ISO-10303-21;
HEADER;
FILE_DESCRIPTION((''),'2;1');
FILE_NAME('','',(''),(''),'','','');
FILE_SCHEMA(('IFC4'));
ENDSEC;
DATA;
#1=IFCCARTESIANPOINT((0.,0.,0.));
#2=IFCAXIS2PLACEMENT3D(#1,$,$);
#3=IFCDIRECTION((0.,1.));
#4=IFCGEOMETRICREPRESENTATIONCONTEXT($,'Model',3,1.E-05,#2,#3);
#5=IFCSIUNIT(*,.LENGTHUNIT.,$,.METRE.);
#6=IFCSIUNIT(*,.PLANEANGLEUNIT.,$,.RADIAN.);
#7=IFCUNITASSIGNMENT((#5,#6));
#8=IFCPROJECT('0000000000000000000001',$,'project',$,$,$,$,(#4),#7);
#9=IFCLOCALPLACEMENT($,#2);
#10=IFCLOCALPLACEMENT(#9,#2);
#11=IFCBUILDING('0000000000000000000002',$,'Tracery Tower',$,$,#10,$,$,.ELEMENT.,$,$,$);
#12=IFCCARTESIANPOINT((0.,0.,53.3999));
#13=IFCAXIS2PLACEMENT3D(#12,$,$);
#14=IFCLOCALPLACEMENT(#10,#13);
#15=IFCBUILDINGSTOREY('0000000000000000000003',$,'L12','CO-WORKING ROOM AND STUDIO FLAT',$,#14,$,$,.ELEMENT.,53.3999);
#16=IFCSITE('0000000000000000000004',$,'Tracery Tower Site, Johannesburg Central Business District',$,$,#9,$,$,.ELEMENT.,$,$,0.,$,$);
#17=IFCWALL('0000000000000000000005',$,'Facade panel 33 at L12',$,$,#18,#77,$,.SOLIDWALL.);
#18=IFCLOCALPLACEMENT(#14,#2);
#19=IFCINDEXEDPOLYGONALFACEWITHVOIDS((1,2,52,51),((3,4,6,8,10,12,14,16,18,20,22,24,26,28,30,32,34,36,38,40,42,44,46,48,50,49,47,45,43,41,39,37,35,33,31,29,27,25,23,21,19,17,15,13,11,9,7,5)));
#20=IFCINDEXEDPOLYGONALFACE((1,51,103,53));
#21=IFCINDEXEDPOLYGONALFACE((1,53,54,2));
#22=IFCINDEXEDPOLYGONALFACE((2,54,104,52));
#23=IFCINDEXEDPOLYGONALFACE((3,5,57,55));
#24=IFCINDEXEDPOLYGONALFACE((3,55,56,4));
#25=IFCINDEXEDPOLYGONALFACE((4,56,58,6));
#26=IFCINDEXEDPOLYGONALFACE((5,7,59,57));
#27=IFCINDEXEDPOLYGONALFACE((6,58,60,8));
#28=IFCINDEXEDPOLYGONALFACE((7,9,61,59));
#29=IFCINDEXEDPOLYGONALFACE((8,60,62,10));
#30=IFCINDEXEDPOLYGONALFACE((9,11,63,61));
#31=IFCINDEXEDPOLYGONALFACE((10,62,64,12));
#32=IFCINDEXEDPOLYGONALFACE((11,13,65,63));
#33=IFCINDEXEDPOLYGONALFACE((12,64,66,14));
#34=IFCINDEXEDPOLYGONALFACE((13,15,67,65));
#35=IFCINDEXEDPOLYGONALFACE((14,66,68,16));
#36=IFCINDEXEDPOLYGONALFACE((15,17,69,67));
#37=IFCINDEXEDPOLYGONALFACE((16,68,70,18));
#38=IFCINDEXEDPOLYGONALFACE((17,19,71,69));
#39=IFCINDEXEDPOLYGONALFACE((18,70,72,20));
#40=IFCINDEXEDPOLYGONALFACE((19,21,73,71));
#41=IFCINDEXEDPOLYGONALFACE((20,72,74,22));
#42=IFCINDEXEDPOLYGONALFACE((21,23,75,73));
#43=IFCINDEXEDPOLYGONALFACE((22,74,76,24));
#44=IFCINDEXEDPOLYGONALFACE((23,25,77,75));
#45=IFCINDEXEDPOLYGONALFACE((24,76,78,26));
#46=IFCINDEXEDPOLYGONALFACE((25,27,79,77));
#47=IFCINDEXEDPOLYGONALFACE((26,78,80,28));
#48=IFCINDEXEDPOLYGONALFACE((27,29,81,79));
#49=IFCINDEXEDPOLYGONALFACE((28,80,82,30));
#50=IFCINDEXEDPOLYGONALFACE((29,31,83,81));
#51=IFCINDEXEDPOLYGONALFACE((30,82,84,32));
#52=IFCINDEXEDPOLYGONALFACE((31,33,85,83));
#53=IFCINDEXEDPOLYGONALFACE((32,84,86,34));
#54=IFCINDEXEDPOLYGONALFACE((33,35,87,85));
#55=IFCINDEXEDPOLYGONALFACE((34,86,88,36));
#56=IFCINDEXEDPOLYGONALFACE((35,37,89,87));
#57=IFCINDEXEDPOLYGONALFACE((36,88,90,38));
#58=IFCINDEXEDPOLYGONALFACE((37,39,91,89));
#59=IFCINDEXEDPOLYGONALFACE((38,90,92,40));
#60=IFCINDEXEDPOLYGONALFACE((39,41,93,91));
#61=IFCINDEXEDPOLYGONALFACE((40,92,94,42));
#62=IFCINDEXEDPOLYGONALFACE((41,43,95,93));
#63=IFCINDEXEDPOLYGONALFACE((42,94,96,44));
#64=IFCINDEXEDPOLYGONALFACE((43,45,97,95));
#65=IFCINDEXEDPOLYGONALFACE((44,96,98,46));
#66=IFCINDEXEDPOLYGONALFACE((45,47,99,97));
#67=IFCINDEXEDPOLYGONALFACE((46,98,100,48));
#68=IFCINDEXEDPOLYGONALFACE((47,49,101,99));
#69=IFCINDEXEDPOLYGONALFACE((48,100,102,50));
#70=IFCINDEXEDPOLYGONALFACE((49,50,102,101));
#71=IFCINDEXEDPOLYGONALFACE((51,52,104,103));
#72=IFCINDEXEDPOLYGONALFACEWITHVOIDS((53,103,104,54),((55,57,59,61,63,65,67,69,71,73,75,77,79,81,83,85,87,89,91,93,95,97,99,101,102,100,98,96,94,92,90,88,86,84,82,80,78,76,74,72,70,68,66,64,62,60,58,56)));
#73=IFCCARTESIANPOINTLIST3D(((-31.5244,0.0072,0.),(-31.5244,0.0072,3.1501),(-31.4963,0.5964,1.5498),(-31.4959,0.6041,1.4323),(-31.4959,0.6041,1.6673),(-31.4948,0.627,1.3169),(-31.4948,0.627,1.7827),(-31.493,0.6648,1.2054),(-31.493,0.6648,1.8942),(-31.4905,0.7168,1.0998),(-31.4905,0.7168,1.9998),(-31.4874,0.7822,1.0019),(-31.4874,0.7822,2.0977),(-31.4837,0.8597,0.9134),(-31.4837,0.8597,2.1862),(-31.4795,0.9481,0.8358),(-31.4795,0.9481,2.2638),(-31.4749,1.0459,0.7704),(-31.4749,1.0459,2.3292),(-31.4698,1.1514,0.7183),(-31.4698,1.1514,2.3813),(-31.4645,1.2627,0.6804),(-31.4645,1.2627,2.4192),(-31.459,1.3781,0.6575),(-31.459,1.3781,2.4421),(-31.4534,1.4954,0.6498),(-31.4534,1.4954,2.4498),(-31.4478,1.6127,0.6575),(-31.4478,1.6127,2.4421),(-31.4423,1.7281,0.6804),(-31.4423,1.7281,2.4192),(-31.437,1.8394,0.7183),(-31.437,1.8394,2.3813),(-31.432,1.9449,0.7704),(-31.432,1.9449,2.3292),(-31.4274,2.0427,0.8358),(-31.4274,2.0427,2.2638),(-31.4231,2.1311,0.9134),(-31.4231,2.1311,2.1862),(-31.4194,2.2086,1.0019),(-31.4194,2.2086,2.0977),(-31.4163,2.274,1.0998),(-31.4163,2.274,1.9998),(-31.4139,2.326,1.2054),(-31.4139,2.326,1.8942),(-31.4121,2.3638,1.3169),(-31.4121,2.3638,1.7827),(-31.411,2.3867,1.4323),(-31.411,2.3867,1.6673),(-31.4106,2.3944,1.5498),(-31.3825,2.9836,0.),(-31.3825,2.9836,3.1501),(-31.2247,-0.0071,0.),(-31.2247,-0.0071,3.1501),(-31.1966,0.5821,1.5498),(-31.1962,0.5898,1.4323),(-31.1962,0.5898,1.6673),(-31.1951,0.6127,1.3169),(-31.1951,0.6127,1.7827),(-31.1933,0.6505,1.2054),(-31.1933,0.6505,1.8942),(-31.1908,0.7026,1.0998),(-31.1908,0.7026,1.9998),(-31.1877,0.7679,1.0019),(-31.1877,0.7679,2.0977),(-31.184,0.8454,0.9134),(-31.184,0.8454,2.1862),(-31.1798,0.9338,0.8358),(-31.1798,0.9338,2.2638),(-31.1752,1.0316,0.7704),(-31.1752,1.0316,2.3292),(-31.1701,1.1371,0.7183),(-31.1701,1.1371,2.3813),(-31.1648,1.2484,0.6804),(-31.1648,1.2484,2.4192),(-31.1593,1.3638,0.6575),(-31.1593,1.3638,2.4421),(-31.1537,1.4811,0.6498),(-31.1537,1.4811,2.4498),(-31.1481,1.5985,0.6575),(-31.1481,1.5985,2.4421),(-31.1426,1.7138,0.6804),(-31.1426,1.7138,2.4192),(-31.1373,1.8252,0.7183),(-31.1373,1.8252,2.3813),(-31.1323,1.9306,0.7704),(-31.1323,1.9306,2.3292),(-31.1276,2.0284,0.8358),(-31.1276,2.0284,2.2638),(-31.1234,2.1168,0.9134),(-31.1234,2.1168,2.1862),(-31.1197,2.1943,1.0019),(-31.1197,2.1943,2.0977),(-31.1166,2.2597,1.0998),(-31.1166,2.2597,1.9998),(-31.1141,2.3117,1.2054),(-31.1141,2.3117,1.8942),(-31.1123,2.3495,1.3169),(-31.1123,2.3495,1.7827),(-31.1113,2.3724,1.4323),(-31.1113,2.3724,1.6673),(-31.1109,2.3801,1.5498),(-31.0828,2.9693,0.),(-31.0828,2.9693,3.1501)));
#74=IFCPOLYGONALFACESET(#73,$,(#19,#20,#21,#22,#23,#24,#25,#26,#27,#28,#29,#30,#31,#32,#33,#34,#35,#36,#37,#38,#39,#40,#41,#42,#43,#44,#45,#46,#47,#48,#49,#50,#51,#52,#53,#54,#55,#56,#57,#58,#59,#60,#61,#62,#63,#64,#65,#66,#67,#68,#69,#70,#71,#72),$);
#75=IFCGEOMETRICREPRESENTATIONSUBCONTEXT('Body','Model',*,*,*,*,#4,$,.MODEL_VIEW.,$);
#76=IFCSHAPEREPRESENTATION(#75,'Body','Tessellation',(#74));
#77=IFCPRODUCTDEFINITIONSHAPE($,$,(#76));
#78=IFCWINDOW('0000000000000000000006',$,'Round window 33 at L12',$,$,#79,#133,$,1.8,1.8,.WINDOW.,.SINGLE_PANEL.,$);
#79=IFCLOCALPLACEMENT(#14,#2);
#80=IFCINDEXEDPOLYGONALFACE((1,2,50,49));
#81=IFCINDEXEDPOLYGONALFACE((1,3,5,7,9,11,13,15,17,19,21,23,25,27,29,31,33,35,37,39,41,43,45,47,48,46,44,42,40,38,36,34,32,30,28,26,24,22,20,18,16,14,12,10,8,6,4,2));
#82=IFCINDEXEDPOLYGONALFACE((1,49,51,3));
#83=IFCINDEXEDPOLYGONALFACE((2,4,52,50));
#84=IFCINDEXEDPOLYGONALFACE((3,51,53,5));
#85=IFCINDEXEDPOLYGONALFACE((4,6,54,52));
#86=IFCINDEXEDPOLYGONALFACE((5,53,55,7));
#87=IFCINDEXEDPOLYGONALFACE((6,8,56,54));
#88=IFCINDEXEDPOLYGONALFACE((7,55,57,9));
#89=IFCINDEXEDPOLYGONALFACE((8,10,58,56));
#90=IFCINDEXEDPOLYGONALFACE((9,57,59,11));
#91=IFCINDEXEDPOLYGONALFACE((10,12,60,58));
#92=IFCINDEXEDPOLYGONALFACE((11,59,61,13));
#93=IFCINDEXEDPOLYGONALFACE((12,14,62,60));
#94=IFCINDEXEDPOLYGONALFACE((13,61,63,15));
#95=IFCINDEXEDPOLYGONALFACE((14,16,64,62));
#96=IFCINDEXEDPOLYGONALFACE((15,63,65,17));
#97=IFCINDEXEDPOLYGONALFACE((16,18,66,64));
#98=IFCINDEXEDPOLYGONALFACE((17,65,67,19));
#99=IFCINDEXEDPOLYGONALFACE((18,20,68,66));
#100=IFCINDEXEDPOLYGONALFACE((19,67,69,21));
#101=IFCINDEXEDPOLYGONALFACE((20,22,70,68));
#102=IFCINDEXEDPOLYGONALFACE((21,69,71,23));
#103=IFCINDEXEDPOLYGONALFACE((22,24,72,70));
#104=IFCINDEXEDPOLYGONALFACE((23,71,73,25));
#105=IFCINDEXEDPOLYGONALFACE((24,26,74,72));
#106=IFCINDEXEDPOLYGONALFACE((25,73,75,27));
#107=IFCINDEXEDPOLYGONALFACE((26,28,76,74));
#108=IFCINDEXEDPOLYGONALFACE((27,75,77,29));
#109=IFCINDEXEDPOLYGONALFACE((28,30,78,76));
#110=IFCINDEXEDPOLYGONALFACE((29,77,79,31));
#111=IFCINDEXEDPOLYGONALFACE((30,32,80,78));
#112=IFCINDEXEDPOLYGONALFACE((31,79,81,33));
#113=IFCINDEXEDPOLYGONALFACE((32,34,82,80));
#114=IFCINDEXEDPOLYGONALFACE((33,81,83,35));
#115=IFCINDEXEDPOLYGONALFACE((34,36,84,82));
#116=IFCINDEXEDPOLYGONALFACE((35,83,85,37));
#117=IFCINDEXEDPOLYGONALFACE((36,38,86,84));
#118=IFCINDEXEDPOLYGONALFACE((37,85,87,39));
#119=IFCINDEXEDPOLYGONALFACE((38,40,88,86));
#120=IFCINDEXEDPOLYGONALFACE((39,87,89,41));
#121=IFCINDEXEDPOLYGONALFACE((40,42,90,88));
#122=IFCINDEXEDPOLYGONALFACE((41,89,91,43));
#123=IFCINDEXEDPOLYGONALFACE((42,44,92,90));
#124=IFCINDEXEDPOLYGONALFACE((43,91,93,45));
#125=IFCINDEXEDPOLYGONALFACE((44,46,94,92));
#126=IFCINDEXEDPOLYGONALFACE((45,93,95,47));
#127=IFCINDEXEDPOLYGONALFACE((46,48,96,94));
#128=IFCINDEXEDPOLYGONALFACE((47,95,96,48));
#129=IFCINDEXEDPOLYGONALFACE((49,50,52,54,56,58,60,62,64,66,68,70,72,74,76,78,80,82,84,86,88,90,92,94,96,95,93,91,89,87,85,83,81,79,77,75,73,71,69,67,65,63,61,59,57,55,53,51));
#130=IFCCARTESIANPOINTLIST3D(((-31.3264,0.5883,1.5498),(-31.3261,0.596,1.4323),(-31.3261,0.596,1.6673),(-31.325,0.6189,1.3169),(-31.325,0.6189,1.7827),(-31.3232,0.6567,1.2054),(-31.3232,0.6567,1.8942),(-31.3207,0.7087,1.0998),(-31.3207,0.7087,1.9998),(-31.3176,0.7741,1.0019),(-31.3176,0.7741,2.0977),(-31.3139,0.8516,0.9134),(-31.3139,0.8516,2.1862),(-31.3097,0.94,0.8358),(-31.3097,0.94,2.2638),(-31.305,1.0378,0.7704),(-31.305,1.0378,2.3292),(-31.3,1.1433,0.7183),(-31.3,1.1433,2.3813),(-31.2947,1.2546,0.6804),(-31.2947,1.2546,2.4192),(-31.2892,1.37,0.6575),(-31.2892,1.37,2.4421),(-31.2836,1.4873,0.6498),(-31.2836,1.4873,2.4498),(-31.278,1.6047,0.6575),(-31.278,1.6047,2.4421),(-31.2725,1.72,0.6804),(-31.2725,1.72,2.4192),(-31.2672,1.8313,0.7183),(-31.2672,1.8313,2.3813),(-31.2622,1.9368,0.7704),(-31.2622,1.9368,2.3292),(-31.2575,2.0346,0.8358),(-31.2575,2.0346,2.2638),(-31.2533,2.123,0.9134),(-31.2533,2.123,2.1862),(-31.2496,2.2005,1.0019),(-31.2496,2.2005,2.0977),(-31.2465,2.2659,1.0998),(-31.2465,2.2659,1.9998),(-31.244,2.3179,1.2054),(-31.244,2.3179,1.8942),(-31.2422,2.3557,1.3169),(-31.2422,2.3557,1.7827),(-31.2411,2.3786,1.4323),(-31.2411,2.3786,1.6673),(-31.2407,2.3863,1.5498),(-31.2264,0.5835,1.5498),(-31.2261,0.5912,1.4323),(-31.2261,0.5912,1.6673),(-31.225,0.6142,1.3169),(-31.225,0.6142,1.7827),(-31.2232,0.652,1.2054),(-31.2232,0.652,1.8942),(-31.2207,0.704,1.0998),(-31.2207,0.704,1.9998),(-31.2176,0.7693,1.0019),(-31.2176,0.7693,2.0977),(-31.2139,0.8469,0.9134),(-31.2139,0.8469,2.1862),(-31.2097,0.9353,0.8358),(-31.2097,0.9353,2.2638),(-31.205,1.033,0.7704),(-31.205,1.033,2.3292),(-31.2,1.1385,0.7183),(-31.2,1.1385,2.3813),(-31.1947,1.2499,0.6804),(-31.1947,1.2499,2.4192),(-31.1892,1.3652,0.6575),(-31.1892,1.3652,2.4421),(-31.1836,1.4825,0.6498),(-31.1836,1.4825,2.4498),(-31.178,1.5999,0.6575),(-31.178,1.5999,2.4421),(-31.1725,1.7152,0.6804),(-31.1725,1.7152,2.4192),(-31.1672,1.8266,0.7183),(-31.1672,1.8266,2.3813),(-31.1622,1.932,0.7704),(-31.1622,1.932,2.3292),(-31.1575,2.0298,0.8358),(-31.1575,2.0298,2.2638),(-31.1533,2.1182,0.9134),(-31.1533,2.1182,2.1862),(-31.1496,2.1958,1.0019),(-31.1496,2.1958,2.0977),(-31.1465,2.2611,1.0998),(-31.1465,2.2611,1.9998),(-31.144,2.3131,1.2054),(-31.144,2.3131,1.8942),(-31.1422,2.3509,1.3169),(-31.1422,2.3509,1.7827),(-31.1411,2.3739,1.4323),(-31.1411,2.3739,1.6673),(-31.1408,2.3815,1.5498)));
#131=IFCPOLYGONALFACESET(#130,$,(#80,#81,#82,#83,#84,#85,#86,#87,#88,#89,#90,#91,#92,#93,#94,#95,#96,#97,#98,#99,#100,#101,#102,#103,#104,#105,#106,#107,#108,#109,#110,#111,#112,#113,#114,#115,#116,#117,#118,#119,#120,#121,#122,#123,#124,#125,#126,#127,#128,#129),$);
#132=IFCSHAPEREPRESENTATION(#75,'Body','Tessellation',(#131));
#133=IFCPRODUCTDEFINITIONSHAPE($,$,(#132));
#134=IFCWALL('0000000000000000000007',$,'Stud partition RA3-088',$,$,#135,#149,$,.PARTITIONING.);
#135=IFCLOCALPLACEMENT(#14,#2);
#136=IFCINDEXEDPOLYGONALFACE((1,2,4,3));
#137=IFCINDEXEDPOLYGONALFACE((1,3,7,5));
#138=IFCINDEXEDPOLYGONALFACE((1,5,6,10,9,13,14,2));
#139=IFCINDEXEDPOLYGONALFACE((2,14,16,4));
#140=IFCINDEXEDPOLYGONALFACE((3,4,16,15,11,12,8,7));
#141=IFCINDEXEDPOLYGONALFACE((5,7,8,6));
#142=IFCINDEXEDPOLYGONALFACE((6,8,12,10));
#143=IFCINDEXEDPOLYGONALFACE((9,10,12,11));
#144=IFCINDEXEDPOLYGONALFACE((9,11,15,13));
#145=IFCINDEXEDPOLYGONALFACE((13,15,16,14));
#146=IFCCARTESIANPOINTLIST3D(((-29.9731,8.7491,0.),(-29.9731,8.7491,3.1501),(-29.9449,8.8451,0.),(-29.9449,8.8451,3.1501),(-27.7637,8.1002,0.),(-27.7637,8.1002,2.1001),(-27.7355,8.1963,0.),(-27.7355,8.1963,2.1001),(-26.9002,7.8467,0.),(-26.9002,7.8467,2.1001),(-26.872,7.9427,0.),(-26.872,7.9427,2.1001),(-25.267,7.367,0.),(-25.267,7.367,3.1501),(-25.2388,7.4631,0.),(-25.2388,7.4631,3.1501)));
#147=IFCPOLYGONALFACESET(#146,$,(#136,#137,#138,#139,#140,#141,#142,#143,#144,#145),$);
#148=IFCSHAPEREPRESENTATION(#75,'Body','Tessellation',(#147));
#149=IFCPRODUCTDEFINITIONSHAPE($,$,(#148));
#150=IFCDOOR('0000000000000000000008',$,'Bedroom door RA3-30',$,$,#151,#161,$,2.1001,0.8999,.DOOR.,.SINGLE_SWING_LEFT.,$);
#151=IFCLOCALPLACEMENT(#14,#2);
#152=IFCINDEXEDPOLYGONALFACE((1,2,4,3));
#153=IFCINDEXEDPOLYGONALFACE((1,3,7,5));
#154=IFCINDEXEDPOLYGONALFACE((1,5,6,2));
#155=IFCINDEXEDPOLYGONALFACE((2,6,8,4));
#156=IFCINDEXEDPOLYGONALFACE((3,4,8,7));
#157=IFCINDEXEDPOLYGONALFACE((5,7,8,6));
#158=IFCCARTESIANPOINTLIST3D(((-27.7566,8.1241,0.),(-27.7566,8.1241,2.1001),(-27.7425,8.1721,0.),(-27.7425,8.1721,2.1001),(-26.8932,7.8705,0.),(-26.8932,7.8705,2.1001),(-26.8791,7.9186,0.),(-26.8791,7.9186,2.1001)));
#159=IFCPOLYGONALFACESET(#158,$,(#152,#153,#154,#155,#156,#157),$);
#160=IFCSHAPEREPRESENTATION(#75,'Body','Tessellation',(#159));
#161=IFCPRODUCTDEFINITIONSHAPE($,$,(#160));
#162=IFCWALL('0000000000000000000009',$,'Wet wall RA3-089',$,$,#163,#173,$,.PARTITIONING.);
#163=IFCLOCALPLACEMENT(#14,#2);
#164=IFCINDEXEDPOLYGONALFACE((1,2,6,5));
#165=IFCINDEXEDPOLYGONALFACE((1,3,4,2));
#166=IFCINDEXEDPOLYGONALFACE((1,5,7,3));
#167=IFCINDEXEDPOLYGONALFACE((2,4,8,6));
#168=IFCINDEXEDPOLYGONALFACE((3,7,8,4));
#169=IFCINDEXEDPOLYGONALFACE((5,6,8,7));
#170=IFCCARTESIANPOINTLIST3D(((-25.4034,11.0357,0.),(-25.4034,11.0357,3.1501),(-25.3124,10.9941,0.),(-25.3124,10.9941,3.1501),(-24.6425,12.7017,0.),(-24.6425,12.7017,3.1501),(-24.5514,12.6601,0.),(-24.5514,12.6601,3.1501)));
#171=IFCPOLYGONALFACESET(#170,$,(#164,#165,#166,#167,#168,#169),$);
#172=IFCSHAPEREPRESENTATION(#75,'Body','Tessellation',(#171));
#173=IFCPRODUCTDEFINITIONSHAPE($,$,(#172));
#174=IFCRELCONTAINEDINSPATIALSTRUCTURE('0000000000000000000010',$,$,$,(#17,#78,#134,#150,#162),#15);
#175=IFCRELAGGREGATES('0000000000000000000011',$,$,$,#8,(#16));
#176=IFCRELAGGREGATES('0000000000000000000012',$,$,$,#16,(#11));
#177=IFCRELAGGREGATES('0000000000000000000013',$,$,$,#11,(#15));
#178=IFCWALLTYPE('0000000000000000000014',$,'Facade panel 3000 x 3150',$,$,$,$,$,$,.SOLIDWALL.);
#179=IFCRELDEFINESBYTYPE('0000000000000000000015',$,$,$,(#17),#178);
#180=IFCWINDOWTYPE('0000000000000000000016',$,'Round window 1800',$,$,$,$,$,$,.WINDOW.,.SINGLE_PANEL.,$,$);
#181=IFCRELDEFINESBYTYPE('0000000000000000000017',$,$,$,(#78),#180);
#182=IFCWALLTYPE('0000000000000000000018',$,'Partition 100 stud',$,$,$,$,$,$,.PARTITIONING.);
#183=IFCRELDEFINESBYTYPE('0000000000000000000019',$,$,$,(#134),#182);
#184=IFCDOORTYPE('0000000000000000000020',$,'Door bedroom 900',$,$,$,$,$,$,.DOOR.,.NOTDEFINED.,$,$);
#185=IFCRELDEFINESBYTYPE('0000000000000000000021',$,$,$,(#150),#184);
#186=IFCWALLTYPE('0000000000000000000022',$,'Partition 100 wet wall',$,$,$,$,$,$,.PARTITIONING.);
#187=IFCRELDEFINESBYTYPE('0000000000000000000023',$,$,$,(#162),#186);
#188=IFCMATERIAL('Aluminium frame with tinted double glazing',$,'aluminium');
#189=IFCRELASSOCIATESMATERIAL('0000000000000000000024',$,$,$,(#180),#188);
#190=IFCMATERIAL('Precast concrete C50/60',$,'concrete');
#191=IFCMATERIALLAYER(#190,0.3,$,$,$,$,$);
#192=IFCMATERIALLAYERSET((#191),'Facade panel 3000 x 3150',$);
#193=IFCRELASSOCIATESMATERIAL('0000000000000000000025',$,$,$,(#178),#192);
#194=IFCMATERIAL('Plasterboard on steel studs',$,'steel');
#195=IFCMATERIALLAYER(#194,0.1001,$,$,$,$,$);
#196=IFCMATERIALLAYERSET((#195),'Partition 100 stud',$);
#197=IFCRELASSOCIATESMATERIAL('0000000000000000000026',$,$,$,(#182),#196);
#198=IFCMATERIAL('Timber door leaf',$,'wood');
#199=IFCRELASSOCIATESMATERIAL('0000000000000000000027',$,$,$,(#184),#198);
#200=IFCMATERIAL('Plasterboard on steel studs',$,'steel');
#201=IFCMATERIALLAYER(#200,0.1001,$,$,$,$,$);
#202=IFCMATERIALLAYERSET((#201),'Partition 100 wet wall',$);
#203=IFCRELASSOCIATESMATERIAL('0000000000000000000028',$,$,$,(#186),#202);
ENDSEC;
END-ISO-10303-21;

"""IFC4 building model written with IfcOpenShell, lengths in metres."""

from ifc_helpers import new_model, si_unit, direction, frame, frame_2d, origin, origin_2d, place, context, subcontext, project, spatial, rectangle, circle, extrude, material, layer, layer_set, type_object, element, fill, save


model = new_model("IFC4")

# Units and contexts
model_context = context("Model", 3, precision=1e-05, world=origin(), true_north=direction((0.0, 1.0)))
body_context = subcontext(model_context, "Body", "Model", "MODEL_VIEW")
ifc_project = project(units=[si_unit("LENGTHUNIT", "METRE"), si_unit("PLANEANGLEUNIT", "RADIAN")], contexts=[model_context])

# Site, building, storey
site_placement = place(None, origin())
site = spatial("IfcSite", under=ifc_project, at=site_placement, Name="Tracery Tower Site, Johannesburg Central Business District", CompositionType="ELEMENT", RefElevation=0.0)
building_placement = place(site_placement, origin())
building = spatial("IfcBuilding", under=site, at=building_placement, Name="Tracery Tower", CompositionType="ELEMENT")
storey_placement = place(building_placement, frame((0.0, 0.0, 53.3999)))
storey = spatial("IfcBuildingStorey", under=building, at=storey_placement, Name="L12", Description="CO-WORKING ROOM AND STUDIO FLAT", CompositionType="ELEMENT", Elevation=53.3999)

# Wall, opening, window
ifc_material_1 = material(Name="Aluminium frame with tinted double glazing", Category="aluminium")
window_type = type_object("IfcWindowType", Name="Round window 1800", PartitioningType="SINGLE_PANEL", PredefinedType="WINDOW", material=ifc_material_1)
ifc_material_2 = material(Name="Precast concrete C50/60", Category="concrete")
ifc_layer_1 = layer(ifc_material_2, 0.3)
ifc_layer_set_1 = layer_set([ifc_layer_1], Name="Facade panel 3000 x 3150")
wall_type_1 = type_object("IfcWallType", Name="Facade panel 3000 x 3150", PredefinedType="SOLIDWALL", material=ifc_layer_set_1)
wall_1_placement = place(storey_placement, frame((-31.2327, 2.9763, 0.0), z_axis=(0.0, 0.0, 1.0), x_axis=(-0.047604, -0.998866, 0.0)))
wall_1 = element("IfcWall", 1, at=wall_1_placement, inside=storey, type_object=wall_type_1, Name="Facade panel 33 at L12", PredefinedType="SOLIDWALL", context=body_context, shape_type="SweptSolid", body=[
    extrude(rectangle(XDim=2.9797, YDim=0.3, at=frame_2d((1.4897, 0.0))), origin(), (0.0, 0.0, 1.0), 3.1501),
])
opening_1_placement = place(wall_1_placement, frame((1.4897, 0.0, 1.5498)))
opening_1 = element("IfcOpeningElement", 2, at=opening_1_placement, cuts=wall_1, PredefinedType="OPENING", context=body_context, shape_type="SweptSolid", body=[
    extrude(circle(Radius=0.9, at=origin_2d()), frame((0.0, 0.1599, 0.0), z_axis=(0.0, -1.0, 0.0), x_axis=(1.0, 0.0, 0.0)), (0.0, 0.0, 1.0), 0.3201),
])
window_1_placement = place(opening_1_placement, origin())
window_1 = element("IfcWindow", 3, at=window_1_placement, inside=storey, type_object=window_type, Name="Round window 33 at L12", OverallHeight=1.8, OverallWidth=1.8, PartitioningType="SINGLE_PANEL", PredefinedType="WINDOW", context=body_context, shape_type="SweptSolid", body=[
    extrude(circle(Radius=0.9, at=origin_2d()), frame((0.0, 0.1201, 0.0), z_axis=(0.0, -1.0, 0.0), x_axis=(1.0, 0.0, 0.0)), (0.0, 0.0, 1.0), 0.1001),
])
fill(opening_1, window_1)

# Wall, opening, door
ifc_material_3 = material(Name="Plasterboard on steel studs", Category="steel")
ifc_layer_2 = layer(ifc_material_3, 0.1001)
ifc_layer_set_2 = layer_set([ifc_layer_2], Name="Partition 100 stud")
wall_type_2 = type_object("IfcWallType", Name="Partition 100 stud", PredefinedType="PARTITIONING", material=ifc_layer_set_2)
wall_2_placement = place(storey_placement, frame((-29.959, 8.7971, 0.0), z_axis=(0.0, 0.0, 1.0), x_axis=(0.959479, -0.281781, 0.0)))
wall_2 = element("IfcWall", 4, at=wall_2_placement, inside=storey, type_object=wall_type_2, Name="Stud partition RA3-088", PredefinedType="PARTITIONING", context=body_context, shape_type="SweptSolid", body=[
    extrude(rectangle(XDim=4.9048, YDim=0.1001, at=frame_2d((2.4524, 0.0))), origin(), (0.0, 0.0, 1.0), 3.1501),
])
opening_2_placement = place(wall_2_placement, frame((2.3027, 0.0, 0.0)))
opening_2 = element("IfcOpeningElement", 5, at=opening_2_placement, cuts=wall_2, PredefinedType="OPENING", context=body_context, shape_type="SweptSolid", body=[
    extrude(rectangle(XDim=0.8999, YDim=2.1001, at=frame_2d((0.45, 1.05))), frame((0.0, 0.05, 0.0), z_axis=(0.0, -1.0, 0.0), x_axis=(1.0, 0.0, 0.0)), (0.0, 0.0, 1.0), 0.1001),
])
ifc_material_4 = material(Name="Timber door leaf", Category="wood")
door_type_1 = type_object("IfcDoorType", Name="Door bedroom 900", OperationType="NOTDEFINED", PredefinedType="DOOR", material=ifc_material_4)
door_1_placement = place(opening_2_placement, origin())
door_1 = element("IfcDoor", 6, at=door_1_placement, inside=storey, type_object=door_type_1, Name="Bedroom door RA3-30", OperationType="SINGLE_SWING_LEFT", OverallHeight=2.1001, OverallWidth=0.8999, PredefinedType="DOOR", context=body_context, shape_type="SweptSolid", body=[
    extrude(rectangle(XDim=0.8999, YDim=2.1001, at=frame_2d((0.45, 1.05))), frame((0.0, 0.0249, 0.0), z_axis=(0.0, -1.0, 0.0), x_axis=(1.0, 0.0, 0.0)), (0.0, 0.0, 1.0), 0.05),
])
fill(opening_2, door_1)

# Wall
ifc_material_5 = material(Name="Plasterboard on steel studs", Category="steel")
ifc_layer_3 = layer(ifc_material_5, 0.1001)
ifc_layer_set_3 = layer_set([ifc_layer_3], Name="Partition 100 wet wall")
wall_type_3 = type_object("IfcWallType", Name="Partition 100 wet wall", PredefinedType="PARTITIONING", material=ifc_layer_set_3)
wall_3_placement = place(storey_placement, frame((-25.3579, 11.0149, 0.0), z_axis=(0.0, 0.0, 1.0), x_axis=(0.415479, 0.909603, 0.0)))
element("IfcWall", 7, at=wall_3_placement, inside=storey, type_object=wall_type_3, Name="Wet wall RA3-089", PredefinedType="PARTITIONING", context=body_context, shape_type="SweptSolid", body=[
    extrude(rectangle(XDim=1.8315, YDim=0.1001, at=frame_2d((0.9158, 0.0))), origin(), (0.0, 0.0, 1.0), 3.1501),
])

save(model, "model.ifc")
